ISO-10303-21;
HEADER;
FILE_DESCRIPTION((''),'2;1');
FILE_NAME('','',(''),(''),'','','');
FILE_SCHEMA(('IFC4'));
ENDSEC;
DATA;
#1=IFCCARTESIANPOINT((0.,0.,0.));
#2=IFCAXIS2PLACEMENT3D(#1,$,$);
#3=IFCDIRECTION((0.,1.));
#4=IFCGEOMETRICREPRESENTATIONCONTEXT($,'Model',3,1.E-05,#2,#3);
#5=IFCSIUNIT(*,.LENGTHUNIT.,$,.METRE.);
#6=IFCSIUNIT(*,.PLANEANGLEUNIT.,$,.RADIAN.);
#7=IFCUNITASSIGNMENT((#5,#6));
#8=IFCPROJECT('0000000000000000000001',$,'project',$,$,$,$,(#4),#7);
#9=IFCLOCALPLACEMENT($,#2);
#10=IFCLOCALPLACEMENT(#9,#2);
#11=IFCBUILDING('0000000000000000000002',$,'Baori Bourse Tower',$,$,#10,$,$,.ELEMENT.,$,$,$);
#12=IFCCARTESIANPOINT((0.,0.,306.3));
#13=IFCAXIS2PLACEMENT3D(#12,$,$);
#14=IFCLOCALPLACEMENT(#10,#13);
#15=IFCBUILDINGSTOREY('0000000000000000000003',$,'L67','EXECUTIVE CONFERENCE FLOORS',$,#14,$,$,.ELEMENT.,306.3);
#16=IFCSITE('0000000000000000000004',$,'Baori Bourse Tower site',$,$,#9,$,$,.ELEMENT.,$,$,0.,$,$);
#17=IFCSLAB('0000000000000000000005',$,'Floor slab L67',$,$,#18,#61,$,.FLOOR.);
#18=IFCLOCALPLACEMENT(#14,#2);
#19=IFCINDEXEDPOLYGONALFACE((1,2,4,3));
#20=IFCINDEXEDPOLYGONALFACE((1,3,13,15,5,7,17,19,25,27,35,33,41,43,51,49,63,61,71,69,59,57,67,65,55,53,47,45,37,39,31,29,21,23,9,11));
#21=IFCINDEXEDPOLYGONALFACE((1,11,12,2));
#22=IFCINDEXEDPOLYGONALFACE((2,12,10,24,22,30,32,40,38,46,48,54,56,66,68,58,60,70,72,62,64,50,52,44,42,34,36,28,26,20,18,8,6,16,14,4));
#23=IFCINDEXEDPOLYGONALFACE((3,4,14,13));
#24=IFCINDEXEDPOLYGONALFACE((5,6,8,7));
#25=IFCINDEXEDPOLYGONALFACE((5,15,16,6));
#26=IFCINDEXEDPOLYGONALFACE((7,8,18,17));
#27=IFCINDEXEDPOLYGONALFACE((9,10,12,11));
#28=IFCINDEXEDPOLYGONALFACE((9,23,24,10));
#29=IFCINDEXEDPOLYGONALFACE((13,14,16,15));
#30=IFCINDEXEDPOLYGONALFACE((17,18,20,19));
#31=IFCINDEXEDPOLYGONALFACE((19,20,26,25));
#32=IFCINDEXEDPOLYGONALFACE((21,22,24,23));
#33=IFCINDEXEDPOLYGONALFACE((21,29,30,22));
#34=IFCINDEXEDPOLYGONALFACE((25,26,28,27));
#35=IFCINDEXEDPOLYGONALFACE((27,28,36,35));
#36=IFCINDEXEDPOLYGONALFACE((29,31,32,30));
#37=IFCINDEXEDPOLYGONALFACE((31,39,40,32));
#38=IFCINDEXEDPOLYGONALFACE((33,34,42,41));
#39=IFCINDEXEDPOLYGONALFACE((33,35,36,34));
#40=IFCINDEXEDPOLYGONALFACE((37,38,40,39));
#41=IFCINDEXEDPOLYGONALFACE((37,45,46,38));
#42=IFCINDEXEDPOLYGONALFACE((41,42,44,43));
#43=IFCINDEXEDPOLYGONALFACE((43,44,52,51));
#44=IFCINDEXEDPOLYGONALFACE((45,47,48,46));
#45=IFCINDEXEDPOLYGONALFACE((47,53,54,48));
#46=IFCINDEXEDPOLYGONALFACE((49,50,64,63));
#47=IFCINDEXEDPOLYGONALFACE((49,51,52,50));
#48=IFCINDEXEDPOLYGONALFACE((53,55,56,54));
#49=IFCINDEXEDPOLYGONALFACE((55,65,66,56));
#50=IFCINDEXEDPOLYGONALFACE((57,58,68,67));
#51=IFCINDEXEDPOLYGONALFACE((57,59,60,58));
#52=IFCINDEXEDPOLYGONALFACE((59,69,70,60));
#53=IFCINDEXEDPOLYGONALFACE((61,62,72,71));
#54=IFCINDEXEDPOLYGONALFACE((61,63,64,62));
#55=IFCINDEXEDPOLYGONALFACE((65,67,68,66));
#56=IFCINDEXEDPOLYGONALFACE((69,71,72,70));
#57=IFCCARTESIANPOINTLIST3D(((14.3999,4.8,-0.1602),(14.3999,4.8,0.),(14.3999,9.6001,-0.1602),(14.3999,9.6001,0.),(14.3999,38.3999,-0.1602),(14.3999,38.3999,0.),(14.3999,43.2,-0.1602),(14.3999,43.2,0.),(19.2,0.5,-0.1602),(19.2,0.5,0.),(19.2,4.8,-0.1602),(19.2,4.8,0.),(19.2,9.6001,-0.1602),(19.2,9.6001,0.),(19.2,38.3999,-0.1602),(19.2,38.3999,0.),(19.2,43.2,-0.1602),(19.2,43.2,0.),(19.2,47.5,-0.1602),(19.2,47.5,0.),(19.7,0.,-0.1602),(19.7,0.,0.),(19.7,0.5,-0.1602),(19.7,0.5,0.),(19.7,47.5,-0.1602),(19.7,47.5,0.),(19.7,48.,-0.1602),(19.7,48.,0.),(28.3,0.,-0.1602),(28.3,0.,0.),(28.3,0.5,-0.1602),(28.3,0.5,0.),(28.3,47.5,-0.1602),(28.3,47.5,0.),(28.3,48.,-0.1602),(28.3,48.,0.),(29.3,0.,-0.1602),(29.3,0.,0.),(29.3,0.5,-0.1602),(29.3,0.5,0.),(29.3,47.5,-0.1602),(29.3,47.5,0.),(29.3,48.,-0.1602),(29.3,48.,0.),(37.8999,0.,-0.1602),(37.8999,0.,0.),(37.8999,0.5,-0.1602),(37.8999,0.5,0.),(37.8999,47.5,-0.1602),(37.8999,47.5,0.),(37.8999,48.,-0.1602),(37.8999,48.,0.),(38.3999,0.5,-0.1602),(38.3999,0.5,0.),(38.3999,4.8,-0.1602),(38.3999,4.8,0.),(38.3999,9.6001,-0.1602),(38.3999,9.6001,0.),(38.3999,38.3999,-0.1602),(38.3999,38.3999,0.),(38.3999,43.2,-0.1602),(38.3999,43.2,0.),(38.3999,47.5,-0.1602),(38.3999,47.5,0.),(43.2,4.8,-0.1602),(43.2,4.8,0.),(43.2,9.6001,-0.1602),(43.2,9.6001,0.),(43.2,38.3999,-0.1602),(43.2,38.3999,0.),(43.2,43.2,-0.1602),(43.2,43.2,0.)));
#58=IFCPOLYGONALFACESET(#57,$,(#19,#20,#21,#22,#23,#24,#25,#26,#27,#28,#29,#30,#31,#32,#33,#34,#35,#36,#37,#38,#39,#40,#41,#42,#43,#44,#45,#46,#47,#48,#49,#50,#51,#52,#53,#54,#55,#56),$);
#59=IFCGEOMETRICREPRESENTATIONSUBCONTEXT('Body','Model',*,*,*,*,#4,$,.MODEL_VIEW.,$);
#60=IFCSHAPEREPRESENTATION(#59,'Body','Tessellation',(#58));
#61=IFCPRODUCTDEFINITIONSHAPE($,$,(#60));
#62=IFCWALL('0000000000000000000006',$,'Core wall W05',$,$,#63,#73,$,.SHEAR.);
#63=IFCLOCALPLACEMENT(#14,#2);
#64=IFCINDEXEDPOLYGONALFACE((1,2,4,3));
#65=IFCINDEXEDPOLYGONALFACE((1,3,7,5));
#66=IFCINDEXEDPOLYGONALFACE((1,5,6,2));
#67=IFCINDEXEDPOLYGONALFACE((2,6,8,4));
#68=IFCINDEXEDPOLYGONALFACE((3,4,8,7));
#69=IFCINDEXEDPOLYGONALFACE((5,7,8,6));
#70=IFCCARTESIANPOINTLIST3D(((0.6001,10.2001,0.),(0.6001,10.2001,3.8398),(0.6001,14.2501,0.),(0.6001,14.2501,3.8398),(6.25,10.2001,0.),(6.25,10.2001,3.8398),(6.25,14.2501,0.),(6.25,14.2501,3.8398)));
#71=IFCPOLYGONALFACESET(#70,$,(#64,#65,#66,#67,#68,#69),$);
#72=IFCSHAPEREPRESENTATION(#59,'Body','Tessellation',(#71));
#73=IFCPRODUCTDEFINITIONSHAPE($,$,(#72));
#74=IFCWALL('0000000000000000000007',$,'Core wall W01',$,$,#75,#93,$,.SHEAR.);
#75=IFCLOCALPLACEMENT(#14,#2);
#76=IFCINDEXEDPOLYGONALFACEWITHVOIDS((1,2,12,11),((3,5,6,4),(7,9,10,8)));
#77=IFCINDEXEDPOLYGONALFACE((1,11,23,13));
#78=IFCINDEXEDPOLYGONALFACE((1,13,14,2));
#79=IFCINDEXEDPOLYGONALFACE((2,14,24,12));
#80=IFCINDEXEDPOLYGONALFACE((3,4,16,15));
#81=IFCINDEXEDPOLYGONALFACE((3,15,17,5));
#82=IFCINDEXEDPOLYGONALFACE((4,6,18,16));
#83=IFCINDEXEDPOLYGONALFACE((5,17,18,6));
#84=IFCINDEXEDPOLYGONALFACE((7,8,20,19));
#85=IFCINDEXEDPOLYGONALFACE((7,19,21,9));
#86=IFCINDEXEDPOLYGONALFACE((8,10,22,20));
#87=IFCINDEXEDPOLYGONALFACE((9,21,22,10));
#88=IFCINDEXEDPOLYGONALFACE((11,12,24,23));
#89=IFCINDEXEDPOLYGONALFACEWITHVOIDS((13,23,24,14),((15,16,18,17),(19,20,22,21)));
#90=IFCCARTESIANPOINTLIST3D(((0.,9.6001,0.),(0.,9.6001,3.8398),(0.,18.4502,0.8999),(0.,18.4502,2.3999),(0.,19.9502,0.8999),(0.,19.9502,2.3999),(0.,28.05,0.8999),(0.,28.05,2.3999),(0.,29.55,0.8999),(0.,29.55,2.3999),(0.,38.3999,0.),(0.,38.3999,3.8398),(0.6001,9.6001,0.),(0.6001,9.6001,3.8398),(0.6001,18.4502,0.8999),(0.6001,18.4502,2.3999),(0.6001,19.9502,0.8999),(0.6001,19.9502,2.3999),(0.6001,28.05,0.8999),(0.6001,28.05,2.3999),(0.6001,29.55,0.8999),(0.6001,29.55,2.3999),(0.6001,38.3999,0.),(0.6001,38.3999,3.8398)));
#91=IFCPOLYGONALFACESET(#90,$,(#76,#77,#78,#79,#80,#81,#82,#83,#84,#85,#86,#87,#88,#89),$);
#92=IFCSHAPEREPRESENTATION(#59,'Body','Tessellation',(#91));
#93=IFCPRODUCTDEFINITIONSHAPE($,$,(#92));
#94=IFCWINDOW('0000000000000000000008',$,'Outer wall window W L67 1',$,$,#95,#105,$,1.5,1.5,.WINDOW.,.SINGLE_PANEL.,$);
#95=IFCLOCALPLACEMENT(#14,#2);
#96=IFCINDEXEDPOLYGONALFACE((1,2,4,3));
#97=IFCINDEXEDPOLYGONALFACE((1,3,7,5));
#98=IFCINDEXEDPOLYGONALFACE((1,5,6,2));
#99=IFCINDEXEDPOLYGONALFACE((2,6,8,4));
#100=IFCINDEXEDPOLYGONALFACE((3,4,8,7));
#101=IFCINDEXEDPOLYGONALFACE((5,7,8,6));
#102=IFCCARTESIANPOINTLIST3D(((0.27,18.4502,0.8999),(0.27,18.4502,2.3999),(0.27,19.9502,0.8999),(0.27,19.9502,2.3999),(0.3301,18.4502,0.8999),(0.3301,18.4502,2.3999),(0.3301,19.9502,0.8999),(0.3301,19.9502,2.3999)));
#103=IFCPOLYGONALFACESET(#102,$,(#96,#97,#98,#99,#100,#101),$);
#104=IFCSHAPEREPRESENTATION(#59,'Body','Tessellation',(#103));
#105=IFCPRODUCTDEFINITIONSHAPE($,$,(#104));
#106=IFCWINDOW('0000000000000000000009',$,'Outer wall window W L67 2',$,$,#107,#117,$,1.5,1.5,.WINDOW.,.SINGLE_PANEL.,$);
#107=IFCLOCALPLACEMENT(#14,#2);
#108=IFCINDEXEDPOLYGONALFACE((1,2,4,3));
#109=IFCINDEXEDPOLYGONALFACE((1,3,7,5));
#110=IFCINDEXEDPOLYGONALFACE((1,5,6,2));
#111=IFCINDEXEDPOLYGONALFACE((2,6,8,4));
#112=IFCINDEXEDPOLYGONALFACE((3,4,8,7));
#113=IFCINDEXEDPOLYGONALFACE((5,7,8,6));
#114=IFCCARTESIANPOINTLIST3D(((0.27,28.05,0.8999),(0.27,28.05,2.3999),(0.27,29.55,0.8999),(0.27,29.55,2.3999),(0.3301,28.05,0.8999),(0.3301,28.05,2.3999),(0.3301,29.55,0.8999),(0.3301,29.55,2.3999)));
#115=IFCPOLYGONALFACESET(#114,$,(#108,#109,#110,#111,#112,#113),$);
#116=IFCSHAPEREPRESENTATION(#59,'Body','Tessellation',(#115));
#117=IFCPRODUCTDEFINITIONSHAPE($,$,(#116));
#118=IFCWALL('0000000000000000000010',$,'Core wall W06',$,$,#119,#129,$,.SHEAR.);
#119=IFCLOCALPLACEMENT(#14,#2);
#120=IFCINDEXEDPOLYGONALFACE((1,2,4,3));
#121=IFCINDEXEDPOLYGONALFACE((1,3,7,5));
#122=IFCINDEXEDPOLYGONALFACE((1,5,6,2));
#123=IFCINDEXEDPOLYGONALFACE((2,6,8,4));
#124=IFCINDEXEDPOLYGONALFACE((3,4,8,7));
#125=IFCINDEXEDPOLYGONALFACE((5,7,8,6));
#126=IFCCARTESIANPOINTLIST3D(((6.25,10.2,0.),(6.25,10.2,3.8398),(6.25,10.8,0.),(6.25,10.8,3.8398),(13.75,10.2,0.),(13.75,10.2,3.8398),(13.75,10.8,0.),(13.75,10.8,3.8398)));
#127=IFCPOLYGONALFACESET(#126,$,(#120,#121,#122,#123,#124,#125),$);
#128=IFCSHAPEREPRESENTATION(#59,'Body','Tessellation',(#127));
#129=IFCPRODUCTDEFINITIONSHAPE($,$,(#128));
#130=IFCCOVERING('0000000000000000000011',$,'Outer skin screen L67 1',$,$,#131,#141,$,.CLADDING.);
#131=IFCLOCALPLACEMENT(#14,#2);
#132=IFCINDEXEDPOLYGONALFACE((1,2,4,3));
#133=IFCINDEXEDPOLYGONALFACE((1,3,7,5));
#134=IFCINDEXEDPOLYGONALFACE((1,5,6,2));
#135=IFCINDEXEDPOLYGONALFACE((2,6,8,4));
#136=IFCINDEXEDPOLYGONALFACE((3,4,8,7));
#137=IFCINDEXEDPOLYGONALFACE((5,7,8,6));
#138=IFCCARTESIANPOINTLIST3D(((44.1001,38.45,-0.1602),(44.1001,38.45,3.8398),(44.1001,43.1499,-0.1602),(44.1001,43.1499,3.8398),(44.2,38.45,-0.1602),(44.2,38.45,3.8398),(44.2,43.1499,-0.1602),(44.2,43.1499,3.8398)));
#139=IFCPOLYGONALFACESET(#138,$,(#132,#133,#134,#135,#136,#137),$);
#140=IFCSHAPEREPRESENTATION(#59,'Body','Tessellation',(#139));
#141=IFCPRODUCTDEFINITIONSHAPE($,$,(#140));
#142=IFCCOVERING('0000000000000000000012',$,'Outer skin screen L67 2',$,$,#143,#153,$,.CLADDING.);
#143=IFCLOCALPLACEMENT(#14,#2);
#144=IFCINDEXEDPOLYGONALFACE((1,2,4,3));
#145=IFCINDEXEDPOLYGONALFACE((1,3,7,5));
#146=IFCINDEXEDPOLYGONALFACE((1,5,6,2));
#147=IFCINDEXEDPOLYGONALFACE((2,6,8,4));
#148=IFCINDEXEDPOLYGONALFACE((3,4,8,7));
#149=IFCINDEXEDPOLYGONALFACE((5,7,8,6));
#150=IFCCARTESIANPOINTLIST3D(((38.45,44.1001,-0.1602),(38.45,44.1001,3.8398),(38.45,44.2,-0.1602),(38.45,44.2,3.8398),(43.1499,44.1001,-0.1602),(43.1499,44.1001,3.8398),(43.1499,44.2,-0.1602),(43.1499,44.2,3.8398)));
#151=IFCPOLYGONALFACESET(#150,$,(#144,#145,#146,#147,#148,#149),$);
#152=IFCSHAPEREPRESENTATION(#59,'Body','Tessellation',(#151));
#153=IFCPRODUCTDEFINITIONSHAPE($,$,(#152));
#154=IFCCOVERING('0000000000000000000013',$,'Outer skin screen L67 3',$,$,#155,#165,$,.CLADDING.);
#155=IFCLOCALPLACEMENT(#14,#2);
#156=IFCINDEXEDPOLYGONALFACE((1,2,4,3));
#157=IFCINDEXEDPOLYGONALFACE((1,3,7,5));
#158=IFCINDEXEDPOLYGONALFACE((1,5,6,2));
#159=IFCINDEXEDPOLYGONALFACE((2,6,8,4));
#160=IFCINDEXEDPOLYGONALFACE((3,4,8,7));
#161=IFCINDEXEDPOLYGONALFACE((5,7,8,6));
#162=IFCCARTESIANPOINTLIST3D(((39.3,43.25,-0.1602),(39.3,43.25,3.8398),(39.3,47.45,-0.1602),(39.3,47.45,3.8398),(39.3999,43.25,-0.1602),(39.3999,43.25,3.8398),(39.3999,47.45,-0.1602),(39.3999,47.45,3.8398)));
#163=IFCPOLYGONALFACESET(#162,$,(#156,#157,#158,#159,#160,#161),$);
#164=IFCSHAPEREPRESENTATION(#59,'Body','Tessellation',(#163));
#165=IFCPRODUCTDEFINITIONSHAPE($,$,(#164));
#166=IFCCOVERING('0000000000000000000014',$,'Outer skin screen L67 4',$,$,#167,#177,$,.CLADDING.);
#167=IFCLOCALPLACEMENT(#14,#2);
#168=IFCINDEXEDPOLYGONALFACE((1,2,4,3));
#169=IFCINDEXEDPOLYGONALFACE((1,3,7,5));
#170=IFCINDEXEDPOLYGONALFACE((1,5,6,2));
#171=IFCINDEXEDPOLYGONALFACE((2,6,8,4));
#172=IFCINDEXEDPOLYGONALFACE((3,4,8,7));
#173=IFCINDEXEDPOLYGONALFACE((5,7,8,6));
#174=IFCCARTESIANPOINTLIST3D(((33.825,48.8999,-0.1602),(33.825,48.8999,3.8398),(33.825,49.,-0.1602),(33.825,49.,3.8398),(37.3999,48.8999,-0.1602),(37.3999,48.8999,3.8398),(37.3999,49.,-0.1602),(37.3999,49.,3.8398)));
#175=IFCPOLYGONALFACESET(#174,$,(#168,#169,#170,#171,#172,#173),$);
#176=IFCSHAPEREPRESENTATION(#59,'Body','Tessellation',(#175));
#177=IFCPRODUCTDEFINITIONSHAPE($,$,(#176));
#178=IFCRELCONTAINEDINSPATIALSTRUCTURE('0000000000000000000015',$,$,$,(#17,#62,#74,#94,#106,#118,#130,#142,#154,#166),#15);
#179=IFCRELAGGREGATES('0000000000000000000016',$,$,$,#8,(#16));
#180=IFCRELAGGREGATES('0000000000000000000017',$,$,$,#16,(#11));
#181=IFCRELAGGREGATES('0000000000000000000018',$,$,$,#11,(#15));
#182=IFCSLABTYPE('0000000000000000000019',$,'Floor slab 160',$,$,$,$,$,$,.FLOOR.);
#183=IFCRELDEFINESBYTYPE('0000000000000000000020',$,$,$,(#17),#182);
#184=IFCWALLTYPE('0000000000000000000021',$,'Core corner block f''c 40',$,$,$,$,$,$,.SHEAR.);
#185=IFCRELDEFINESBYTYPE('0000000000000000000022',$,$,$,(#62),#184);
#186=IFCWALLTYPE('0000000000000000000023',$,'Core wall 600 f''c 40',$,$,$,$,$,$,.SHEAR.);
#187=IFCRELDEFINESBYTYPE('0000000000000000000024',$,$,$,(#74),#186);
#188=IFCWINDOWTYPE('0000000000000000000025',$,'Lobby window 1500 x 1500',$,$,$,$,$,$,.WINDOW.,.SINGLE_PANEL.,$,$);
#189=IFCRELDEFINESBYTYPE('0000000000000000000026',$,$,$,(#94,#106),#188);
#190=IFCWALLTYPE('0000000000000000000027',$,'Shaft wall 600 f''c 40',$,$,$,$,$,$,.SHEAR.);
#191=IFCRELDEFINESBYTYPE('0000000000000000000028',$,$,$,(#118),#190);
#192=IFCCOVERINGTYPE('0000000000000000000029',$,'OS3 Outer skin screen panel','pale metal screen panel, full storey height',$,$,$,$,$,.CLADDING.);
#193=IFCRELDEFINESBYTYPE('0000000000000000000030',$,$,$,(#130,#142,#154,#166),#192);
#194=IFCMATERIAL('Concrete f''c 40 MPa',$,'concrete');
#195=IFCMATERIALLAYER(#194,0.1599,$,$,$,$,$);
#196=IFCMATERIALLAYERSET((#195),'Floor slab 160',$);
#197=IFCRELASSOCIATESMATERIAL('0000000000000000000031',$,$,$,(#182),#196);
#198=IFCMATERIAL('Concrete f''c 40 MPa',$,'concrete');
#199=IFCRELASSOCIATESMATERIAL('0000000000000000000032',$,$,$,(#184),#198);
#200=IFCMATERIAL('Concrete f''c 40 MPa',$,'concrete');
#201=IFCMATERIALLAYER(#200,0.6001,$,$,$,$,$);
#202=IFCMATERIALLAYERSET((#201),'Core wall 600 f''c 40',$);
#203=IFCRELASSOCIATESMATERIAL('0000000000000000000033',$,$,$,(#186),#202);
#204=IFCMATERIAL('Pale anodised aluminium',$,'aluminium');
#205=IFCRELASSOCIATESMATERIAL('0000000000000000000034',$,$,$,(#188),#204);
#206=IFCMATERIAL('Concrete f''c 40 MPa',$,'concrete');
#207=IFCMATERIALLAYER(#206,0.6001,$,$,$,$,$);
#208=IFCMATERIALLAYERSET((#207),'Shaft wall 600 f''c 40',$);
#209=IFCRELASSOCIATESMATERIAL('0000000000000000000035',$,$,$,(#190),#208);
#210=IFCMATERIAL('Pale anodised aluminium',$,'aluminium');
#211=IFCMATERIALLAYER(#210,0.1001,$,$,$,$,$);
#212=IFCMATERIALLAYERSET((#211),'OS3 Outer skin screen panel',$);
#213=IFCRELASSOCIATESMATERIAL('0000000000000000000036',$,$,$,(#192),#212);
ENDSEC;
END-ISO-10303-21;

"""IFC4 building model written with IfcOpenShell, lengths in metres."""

from ifc_helpers import new_model, si_unit, direction, frame, frame_2d, origin, place, context, subcontext, project, spatial, polyline, rectangle, outline, extrude, material, layer, layer_set, type_object, element, fill, save


model = new_model("IFC4")

# Units and contexts
model_context = context("Model", 3, precision=1e-05, world=origin(), true_north=direction((0.0, 1.0)))
body_context = subcontext(model_context, "Body", "Model", "MODEL_VIEW")
ifc_project = project(units=[si_unit("LENGTHUNIT", "METRE"), si_unit("PLANEANGLEUNIT", "RADIAN")], contexts=[model_context])

# Site, building, storey
site_placement = place(None, origin())
site = spatial("IfcSite", under=ifc_project, at=site_placement, Name="Baori Bourse Tower site", CompositionType="ELEMENT", RefElevation=0.0)
building_placement = place(site_placement, origin())
building = spatial("IfcBuilding", under=site, at=building_placement, Name="Baori Bourse Tower", CompositionType="ELEMENT")
storey_placement = place(building_placement, frame((0.0, 0.0, 306.3)))
storey = spatial("IfcBuildingStorey", under=building, at=storey_placement, Name="L67", Description="EXECUTIVE CONFERENCE FLOORS", CompositionType="ELEMENT", Elevation=306.3)

# Slab
ifc_material_1 = material(Name="Concrete f'c 40 MPa", Category="concrete")
ifc_layer_1 = layer(ifc_material_1, 0.1599)
ifc_layer_set_1 = layer_set([ifc_layer_1], Name="Floor slab 160")
slab_type_1 = type_object("IfcSlabType", Name="Floor slab 160", PredefinedType="FLOOR", material=ifc_layer_set_1)
slab_1_placement = place(storey_placement, frame((0.0, 0.0, -0.1602)))
element("IfcSlab", 1, at=slab_1_placement, inside=storey, type_object=slab_type_1, Name="Floor slab L67", PredefinedType="FLOOR", context=body_context, shape_type="SweptSolid", body=[
    extrude(outline(polyline([(19.2, 4.8), (14.3999, 4.8), (14.3999, 9.6001), (19.2, 9.6001), (19.2, 38.3999), (14.3999, 38.3999), (14.3999, 43.2), (19.2, 43.2), (19.2, 47.5), (19.7, 47.5), (19.7, 48.0), (28.3, 48.0), (28.3, 47.5), (29.3, 47.5), (29.3, 48.0), (37.8999, 48.0), (37.8999, 47.5), (38.3999, 47.5), (38.3999, 43.2), (43.2, 43.2), (43.2, 38.3999), (38.3999, 38.3999), (38.3999, 9.6001), (43.2, 9.6001), (43.2, 4.8), (38.3999, 4.8), (38.3999, 0.5), (37.8999, 0.5), (37.8999, 0.0), (29.3, 0.0), (29.3, 0.5), (28.3, 0.5), (28.3, 0.0), (19.7, 0.0), (19.7, 0.5), (19.2, 0.5), (19.2, 4.8)])), origin(), (0.0, 0.0, 1.0), 0.1602),
])

# Wall
ifc_material_2 = material(Name="Concrete f'c 40 MPa", Category="concrete")
wall_type_1 = type_object("IfcWallType", Name="Core corner block f'c 40", PredefinedType="SHEAR", material=ifc_material_2)
wall_1_placement = place(storey_placement, frame((0.6001, 12.2251, 0.0), z_axis=(0.0, 0.0, 1.0), x_axis=(1.0, 0.0, 0.0)))
element("IfcWall", 2, at=wall_1_placement, inside=storey, type_object=wall_type_1, Name="Core wall W05", PredefinedType="SHEAR", context=body_context, shape_type="SweptSolid", body=[
    extrude(rectangle(XDim=5.6499, YDim=4.05, at=frame_2d((2.825, 0.0))), origin(), (0.0, 0.0, 1.0), 3.8398),
])

# Wall, openings, windows
ifc_material_3 = material(Name="Concrete f'c 40 MPa", Category="concrete")
ifc_layer_2 = layer(ifc_material_3, 0.6001)
ifc_layer_set_2 = layer_set([ifc_layer_2], Name="Core wall 600 f'c 40")
wall_type_2 = type_object("IfcWallType", Name="Core wall 600 f'c 40", PredefinedType="SHEAR", material=ifc_layer_set_2)
wall_2_placement = place(storey_placement, frame((0.3, 9.6001, 0.0), z_axis=(0.0, 0.0, 1.0), x_axis=(0.0, 1.0, 0.0)))
wall_2 = element("IfcWall", 3, at=wall_2_placement, inside=storey, type_object=wall_type_2, Name="Core wall W01", PredefinedType="SHEAR", context=body_context, shape_type="SweptSolid", body=[
    extrude(rectangle(XDim=28.7998, YDim=0.6001, at=frame_2d((14.3999, 0.0))), origin(), (0.0, 0.0, 1.0), 3.8398),
])
opening_1_placement = place(wall_2_placement, frame((8.8501, 0.0, 0.8999)))
opening_1 = element("IfcOpeningElement", 4, at=opening_1_placement, cuts=wall_2, PredefinedType="OPENING", context=body_context, shape_type="SweptSolid", body=[
    extrude(rectangle(XDim=1.5, YDim=1.5, at=frame_2d((0.75, 0.75))), frame((0.0, 0.3101, 0.0), z_axis=(0.0, -1.0, 0.0), x_axis=(1.0, 0.0, 0.0)), (0.0, 0.0, 1.0), 0.6201),
])
opening_2_placement = place(wall_2_placement, frame((18.45, 0.0, 0.8999)))
opening_2 = element("IfcOpeningElement", 5, at=opening_2_placement, cuts=wall_2, PredefinedType="OPENING", context=body_context, shape_type="SweptSolid", body=[
    extrude(rectangle(XDim=1.5, YDim=1.5, at=frame_2d((0.75, 0.75))), frame((0.0, 0.3101, 0.0), z_axis=(0.0, -1.0, 0.0), x_axis=(1.0, 0.0, 0.0)), (0.0, 0.0, 1.0), 0.6201),
])
ifc_material_4 = material(Name="Pale anodised aluminium", Category="aluminium")
window_type = type_object("IfcWindowType", Name="Lobby window 1500 x 1500", PartitioningType="SINGLE_PANEL", PredefinedType="WINDOW", material=ifc_material_4)
window_1_placement = place(opening_1_placement, origin())
window_1 = element("IfcWindow", 6, at=window_1_placement, inside=storey, type_object=window_type, Name="Outer wall window W L67 1", OverallHeight=1.5, OverallWidth=1.5, PartitioningType="SINGLE_PANEL", PredefinedType="WINDOW", context=body_context, shape_type="SweptSolid", body=[
    extrude(rectangle(XDim=1.5, YDim=1.5, at=frame_2d((0.75, 0.75))), frame((0.0, 0.03, 0.0), z_axis=(0.0, -1.0, 0.0), x_axis=(1.0, 0.0, 0.0)), (0.0, 0.0, 1.0), 0.0601),
])
fill(opening_1, window_1)
window_2_placement = place(opening_2_placement, origin())
window_2 = element("IfcWindow", 7, at=window_2_placement, inside=storey, type_object=window_type, Name="Outer wall window W L67 2", OverallHeight=1.5, OverallWidth=1.5, PartitioningType="SINGLE_PANEL", PredefinedType="WINDOW", context=body_context, shape_type="SweptSolid", body=[
    extrude(rectangle(XDim=1.5, YDim=1.5, at=frame_2d((0.75, 0.75))), frame((0.0, 0.03, 0.0), z_axis=(0.0, -1.0, 0.0), x_axis=(1.0, 0.0, 0.0)), (0.0, 0.0, 1.0), 0.0601),
])
fill(opening_2, window_2)

# Wall
ifc_material_5 = material(Name="Concrete f'c 40 MPa", Category="concrete")
ifc_layer_3 = layer(ifc_material_5, 0.6001)
ifc_layer_set_3 = layer_set([ifc_layer_3], Name="Shaft wall 600 f'c 40")
wall_type_3 = type_object("IfcWallType", Name="Shaft wall 600 f'c 40", PredefinedType="SHEAR", material=ifc_layer_set_3)
wall_3_placement = place(storey_placement, frame((6.25, 10.5, 0.0), z_axis=(0.0, 0.0, 1.0), x_axis=(1.0, 0.0, 0.0)))
element("IfcWall", 8, at=wall_3_placement, inside=storey, type_object=wall_type_3, Name="Core wall W06", PredefinedType="SHEAR", context=body_context, shape_type="SweptSolid", body=[
    extrude(rectangle(XDim=7.5, YDim=0.6001, at=frame_2d((3.75, 0.0))), origin(), (0.0, 0.0, 1.0), 3.8398),
])

# Coverings
ifc_material_6 = material(Name="Pale anodised aluminium", Category="aluminium")
ifc_layer_4 = layer(ifc_material_6, 0.1001)
ifc_layer_set_4 = layer_set([ifc_layer_4], Name="OS3 Outer skin screen panel")
covering_type = type_object("IfcCoveringType", Name="OS3 Outer skin screen panel", Description="pale metal screen panel, full storey height", PredefinedType="CLADDING", material=ifc_layer_set_4)
covering_1_placement = place(storey_placement, frame((0.0, 0.0, -0.1602)))
element("IfcCovering", 9, at=covering_1_placement, inside=storey, type_object=covering_type, Name="Outer skin screen L67 1", PredefinedType="CLADDING", context=body_context, shape_type="SweptSolid", body=[
    extrude(outline(polyline([(44.1001, 43.1499), (44.1001, 38.45), (44.2, 38.45), (44.2, 43.1499), (44.1001, 43.1499)])), origin(), (0.0, 0.0, 1.0), 4.0),
])
covering_2_placement = place(storey_placement, frame((0.0, 0.0, -0.1602)))
element("IfcCovering", 10, at=covering_2_placement, inside=storey, type_object=covering_type, Name="Outer skin screen L67 2", PredefinedType="CLADDING", context=body_context, shape_type="SweptSolid", body=[
    extrude(outline(polyline([(38.45, 44.1001), (43.1499, 44.1001), (43.1499, 44.2), (38.45, 44.2), (38.45, 44.1001)])), origin(), (0.0, 0.0, 1.0), 4.0),
])
covering_3_placement = place(storey_placement, frame((0.0, 0.0, -0.1602)))
element("IfcCovering", 11, at=covering_3_placement, inside=storey, type_object=covering_type, Name="Outer skin screen L67 3", PredefinedType="CLADDING", context=body_context, shape_type="SweptSolid", body=[
    extrude(outline(polyline([(39.3, 47.45), (39.3, 43.25), (39.3999, 43.25), (39.3999, 47.45), (39.3, 47.45)])), origin(), (0.0, 0.0, 1.0), 4.0),
])
covering_4_placement = place(storey_placement, frame((0.0, 0.0, -0.1602)))
element("IfcCovering", 12, at=covering_4_placement, inside=storey, type_object=covering_type, Name="Outer skin screen L67 4", PredefinedType="CLADDING", context=body_context, shape_type="SweptSolid", body=[
    extrude(outline(polyline([(33.825, 48.8999), (37.3999, 48.8999), (37.3999, 49.0), (33.825, 49.0), (33.825, 48.8999)])), origin(), (0.0, 0.0, 1.0), 4.0),
])

save(model, "model.ifc")
